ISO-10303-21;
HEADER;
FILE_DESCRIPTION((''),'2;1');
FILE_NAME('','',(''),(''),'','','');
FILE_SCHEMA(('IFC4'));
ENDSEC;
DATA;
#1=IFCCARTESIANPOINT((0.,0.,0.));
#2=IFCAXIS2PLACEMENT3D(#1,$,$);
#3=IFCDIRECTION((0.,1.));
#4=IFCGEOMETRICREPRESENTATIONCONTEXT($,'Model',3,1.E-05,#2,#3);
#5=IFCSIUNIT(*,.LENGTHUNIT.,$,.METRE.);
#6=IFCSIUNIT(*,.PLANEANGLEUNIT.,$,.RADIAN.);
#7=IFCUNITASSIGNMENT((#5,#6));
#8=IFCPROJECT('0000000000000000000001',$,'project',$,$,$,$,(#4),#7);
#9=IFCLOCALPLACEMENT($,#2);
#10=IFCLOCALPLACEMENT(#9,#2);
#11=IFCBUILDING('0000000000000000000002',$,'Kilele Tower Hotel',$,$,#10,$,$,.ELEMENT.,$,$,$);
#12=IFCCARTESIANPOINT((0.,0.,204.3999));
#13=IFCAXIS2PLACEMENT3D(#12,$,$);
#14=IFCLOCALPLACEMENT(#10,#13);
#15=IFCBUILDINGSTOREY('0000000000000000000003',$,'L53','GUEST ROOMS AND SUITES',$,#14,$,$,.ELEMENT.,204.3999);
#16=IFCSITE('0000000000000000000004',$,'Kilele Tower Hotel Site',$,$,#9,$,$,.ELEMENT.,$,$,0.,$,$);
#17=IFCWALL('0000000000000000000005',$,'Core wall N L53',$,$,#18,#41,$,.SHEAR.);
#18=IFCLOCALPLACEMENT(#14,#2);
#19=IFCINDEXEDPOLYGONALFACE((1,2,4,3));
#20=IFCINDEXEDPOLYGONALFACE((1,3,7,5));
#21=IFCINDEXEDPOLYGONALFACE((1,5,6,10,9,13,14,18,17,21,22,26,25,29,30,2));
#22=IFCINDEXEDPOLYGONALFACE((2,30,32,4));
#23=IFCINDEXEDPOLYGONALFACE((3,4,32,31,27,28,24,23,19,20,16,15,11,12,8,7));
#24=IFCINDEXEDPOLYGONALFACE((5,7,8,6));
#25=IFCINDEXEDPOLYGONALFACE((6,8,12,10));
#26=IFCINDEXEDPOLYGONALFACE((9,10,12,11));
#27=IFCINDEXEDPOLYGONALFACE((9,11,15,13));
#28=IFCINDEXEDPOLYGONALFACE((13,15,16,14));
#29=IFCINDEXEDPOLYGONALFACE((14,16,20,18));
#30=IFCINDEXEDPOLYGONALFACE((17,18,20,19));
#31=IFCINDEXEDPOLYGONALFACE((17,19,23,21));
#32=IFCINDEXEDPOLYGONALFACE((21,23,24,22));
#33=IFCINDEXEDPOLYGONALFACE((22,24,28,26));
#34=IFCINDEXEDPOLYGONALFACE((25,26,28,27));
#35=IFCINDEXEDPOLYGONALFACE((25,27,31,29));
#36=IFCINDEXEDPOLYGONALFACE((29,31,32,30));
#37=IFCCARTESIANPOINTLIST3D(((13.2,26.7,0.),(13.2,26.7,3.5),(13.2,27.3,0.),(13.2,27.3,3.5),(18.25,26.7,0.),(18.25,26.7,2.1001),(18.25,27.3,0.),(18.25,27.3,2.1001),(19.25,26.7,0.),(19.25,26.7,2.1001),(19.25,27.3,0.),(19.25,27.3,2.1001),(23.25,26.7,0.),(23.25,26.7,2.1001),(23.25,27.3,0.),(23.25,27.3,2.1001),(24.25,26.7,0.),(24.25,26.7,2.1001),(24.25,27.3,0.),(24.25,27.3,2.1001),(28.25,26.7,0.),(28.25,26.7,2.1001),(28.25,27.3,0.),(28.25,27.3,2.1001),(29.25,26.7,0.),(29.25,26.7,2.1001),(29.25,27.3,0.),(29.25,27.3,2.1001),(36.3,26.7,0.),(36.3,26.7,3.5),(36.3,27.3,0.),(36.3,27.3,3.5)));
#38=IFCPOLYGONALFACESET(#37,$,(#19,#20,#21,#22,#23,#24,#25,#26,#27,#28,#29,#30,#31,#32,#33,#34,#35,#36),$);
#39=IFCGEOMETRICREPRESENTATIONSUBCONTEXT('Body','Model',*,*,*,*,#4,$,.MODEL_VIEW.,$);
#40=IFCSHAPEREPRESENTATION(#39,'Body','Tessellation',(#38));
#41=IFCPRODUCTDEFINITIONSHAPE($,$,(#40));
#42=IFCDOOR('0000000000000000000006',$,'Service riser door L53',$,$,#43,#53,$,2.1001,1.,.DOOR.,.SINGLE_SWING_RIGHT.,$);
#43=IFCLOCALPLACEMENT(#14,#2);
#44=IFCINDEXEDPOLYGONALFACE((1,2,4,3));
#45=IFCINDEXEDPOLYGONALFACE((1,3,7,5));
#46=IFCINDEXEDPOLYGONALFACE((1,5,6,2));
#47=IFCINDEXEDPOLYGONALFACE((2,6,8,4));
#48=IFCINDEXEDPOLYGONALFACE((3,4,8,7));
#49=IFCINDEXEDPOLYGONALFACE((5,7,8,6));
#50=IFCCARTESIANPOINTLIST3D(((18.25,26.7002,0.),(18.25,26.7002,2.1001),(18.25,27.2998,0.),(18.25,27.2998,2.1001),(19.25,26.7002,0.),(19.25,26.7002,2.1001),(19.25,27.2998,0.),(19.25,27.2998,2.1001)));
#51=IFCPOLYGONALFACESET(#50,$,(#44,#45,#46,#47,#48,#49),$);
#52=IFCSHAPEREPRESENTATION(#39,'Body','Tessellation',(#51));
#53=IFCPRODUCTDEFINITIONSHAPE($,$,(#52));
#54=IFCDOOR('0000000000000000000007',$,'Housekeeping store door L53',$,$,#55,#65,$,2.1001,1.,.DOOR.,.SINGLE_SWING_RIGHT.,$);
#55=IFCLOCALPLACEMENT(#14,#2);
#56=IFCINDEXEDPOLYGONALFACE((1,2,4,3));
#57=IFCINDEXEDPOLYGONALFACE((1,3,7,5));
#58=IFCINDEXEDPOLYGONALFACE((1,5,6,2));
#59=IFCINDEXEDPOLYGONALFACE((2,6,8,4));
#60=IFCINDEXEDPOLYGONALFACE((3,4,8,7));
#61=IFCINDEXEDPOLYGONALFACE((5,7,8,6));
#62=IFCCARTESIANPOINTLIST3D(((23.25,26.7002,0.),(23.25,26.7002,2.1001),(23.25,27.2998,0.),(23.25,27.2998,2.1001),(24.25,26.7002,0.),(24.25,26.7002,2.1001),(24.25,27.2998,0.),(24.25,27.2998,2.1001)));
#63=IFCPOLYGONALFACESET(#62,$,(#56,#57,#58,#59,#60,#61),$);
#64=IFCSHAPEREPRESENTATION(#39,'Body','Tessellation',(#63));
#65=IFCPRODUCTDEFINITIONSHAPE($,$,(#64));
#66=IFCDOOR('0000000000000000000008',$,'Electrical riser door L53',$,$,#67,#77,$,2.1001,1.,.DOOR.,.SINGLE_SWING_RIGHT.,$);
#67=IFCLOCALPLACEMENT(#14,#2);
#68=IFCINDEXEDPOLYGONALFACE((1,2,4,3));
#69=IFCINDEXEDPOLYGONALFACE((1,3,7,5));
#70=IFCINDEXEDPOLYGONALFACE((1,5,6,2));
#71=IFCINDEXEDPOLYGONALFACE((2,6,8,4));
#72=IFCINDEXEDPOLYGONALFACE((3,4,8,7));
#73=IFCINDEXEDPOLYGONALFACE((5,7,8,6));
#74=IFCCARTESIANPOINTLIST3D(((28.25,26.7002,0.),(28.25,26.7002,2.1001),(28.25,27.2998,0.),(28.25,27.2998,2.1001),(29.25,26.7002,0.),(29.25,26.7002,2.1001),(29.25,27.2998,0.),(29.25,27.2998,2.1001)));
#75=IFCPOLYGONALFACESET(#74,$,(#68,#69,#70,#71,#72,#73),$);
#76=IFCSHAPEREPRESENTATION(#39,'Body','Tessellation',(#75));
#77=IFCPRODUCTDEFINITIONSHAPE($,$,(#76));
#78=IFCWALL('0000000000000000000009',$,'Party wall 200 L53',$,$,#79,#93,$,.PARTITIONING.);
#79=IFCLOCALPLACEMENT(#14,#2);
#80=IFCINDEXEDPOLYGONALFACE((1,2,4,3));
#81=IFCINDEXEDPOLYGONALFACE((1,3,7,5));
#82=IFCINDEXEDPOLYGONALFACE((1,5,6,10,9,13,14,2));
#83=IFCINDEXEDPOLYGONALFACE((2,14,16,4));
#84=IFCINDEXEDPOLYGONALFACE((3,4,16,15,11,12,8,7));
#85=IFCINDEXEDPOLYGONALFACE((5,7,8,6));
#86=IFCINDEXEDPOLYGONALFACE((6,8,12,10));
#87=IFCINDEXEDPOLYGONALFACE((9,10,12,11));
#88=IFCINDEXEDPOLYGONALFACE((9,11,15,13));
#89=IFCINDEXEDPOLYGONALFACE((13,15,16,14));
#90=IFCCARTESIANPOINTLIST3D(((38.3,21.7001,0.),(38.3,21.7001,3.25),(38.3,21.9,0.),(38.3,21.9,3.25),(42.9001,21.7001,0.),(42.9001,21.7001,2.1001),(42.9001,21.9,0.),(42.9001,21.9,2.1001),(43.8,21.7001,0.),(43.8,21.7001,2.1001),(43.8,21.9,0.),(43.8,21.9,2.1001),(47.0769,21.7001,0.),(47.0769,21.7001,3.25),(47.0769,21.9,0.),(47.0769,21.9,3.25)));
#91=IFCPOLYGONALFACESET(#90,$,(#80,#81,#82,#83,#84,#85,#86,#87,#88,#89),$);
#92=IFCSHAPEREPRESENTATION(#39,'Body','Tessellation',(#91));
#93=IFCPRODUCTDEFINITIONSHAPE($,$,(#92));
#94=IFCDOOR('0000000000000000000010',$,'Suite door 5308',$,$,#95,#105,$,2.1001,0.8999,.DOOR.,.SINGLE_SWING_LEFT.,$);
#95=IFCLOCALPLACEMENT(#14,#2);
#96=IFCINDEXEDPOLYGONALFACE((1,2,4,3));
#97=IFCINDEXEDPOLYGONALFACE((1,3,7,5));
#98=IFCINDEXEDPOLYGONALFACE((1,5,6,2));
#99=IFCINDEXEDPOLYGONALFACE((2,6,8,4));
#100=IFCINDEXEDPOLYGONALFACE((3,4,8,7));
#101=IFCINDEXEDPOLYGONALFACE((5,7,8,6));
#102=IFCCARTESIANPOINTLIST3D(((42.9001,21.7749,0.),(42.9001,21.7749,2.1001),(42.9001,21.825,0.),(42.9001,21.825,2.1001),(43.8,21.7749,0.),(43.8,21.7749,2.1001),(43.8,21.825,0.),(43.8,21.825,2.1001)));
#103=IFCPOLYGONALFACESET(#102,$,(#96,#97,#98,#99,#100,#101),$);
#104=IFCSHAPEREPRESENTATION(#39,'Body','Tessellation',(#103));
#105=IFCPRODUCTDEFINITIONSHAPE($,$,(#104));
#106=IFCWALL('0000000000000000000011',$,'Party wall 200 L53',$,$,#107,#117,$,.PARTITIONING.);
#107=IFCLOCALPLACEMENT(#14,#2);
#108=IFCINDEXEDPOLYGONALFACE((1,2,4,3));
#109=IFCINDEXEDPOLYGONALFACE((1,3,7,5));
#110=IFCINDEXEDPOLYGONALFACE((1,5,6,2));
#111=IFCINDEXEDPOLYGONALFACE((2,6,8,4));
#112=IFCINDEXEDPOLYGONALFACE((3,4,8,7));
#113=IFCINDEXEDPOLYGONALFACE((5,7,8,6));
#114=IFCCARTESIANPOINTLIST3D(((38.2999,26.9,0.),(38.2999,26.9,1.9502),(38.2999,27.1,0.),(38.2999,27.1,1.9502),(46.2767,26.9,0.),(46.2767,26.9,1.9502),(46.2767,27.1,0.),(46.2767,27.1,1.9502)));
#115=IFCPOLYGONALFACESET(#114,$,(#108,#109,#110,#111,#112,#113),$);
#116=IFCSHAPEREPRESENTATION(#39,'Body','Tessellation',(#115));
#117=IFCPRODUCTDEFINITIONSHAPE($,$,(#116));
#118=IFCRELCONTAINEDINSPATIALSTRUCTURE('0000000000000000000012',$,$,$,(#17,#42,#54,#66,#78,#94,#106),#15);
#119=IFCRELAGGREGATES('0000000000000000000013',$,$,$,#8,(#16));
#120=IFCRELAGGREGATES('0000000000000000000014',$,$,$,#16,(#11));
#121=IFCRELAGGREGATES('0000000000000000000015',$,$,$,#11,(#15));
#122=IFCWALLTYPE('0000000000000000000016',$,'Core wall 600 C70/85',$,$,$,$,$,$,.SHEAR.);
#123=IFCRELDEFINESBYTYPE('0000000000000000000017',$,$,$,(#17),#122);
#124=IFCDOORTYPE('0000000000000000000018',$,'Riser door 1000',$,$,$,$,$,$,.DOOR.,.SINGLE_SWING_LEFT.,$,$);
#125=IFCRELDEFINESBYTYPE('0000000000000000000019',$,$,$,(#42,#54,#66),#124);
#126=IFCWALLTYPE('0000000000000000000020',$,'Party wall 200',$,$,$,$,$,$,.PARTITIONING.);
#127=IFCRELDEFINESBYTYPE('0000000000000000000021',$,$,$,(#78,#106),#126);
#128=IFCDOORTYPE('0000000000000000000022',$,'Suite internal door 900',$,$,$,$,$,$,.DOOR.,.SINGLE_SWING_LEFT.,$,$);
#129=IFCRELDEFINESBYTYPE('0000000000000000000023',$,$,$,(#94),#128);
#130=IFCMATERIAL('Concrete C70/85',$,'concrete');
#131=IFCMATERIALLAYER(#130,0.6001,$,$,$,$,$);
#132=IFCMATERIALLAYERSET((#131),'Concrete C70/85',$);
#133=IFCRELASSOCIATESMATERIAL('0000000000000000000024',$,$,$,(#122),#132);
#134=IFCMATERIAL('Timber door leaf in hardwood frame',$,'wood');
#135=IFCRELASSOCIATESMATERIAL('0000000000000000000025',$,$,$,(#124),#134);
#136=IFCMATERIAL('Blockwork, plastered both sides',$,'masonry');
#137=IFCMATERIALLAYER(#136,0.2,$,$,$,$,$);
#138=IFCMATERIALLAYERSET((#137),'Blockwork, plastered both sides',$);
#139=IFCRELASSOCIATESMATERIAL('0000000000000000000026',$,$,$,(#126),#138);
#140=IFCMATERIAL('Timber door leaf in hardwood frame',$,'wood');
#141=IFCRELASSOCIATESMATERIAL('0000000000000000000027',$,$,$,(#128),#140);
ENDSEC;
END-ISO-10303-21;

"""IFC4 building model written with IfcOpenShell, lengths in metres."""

from ifc_helpers import new_model, si_unit, direction, frame, frame_2d, origin, place, context, subcontext, project, spatial, rectangle, extrude, material, layer, layer_set, type_object, element, fill, save


model = new_model("IFC4")

# Units and contexts
model_context = context("Model", 3, precision=1e-05, world=origin(), true_north=direction((0.0, 1.0)))
body_context = subcontext(model_context, "Body", "Model", "MODEL_VIEW")
ifc_project = project(units=[si_unit("LENGTHUNIT", "METRE"), si_unit("PLANEANGLEUNIT", "RADIAN")], contexts=[model_context])

# Site, building, storey
site_placement = place(None, origin())
site = spatial("IfcSite", under=ifc_project, at=site_placement, Name="Kilele Tower Hotel Site", CompositionType="ELEMENT", RefElevation=0.0)
building_placement = place(site_placement, origin())
building = spatial("IfcBuilding", under=site, at=building_placement, Name="Kilele Tower Hotel", CompositionType="ELEMENT")
storey_placement = place(building_placement, frame((0.0, 0.0, 204.3999)))
storey = spatial("IfcBuildingStorey", under=building, at=storey_placement, Name="L53", Description="GUEST ROOMS AND SUITES", CompositionType="ELEMENT", Elevation=204.3999)

# Wall, openings, doors
ifc_material_1 = material(Name="Concrete C70/85", Category="concrete")
ifc_layer_1 = layer(ifc_material_1, 0.6001)
ifc_layer_set_1 = layer_set([ifc_layer_1], Name="Concrete C70/85")
wall_type_1 = type_object("IfcWallType", Name="Core wall 600 C70/85", PredefinedType="SHEAR", material=ifc_layer_set_1)
wall_1_placement = place(storey_placement, frame((36.3, 27.0, 0.0), z_axis=(0.0, 0.0, 1.0), x_axis=(-1.0, 0.0, 0.0)))
wall_1 = element("IfcWall", 1, at=wall_1_placement, inside=storey, type_object=wall_type_1, Name="Core wall N L53", PredefinedType="SHEAR", context=body_context, shape_type="SweptSolid", body=[
    extrude(rectangle(XDim=23.1001, YDim=0.6001, at=frame_2d((11.55, 0.0))), origin(), (0.0, 0.0, 1.0), 3.5),
])
opening_1_placement = place(wall_1_placement, frame((17.05, 0.0, 0.0)))
opening_1 = element("IfcOpeningElement", 2, at=opening_1_placement, cuts=wall_1, PredefinedType="OPENING", context=body_context, shape_type="SweptSolid", body=[
    extrude(rectangle(XDim=1.0, YDim=2.1001, at=frame_2d((0.5, 1.05))), frame((0.0, 0.3101, 0.0), z_axis=(0.0, -1.0, 0.0), x_axis=(1.0, 0.0, 0.0)), (0.0, 0.0, 1.0), 0.6201),
])
opening_2_placement = place(wall_1_placement, frame((12.05, 0.0, 0.0)))
opening_2 = element("IfcOpeningElement", 3, at=opening_2_placement, cuts=wall_1, PredefinedType="OPENING", context=body_context, shape_type="SweptSolid", body=[
    extrude(rectangle(XDim=1.0, YDim=2.1001, at=frame_2d((0.5, 1.05))), frame((0.0, 0.3101, 0.0), z_axis=(0.0, -1.0, 0.0), x_axis=(1.0, 0.0, 0.0)), (0.0, 0.0, 1.0), 0.6201),
])
opening_3_placement = place(wall_1_placement, frame((7.05, 0.0, 0.0)))
opening_3 = element("IfcOpeningElement", 4, at=opening_3_placement, cuts=wall_1, PredefinedType="OPENING", context=body_context, shape_type="SweptSolid", body=[
    extrude(rectangle(XDim=1.0, YDim=2.1001, at=frame_2d((0.5, 1.05))), frame((0.0, 0.3101, 0.0), z_axis=(0.0, -1.0, 0.0), x_axis=(1.0, 0.0, 0.0)), (0.0, 0.0, 1.0), 0.6201),
])
ifc_material_2 = material(Name="Timber door leaf in hardwood frame", Category="wood")
door_type_1 = type_object("IfcDoorType", Name="Riser door 1000", OperationType="SINGLE_SWING_LEFT", PredefinedType="DOOR", material=ifc_material_2)
door_1_placement = place(opening_1_placement, origin())
door_1 = element("IfcDoor", 5, at=door_1_placement, inside=storey, type_object=door_type_1, Name="Service riser door L53", OperationType="SINGLE_SWING_RIGHT", OverallHeight=2.1001, OverallWidth=1.0, PredefinedType="DOOR", context=body_context, shape_type="SweptSolid", body=[
    extrude(rectangle(XDim=1.0, YDim=2.1001, at=frame_2d((0.5, 1.05))), frame((0.0, 0.2998, 0.0), z_axis=(0.0, -1.0, 0.0), x_axis=(1.0, 0.0, 0.0)), (0.0, 0.0, 1.0), 0.5996),
])
fill(opening_1, door_1)
door_2_placement = place(opening_2_placement, origin())
door_2 = element("IfcDoor", 6, at=door_2_placement, inside=storey, type_object=door_type_1, Name="Housekeeping store door L53", OperationType="SINGLE_SWING_RIGHT", OverallHeight=2.1001, OverallWidth=1.0, PredefinedType="DOOR", context=body_context, shape_type="SweptSolid", body=[
    extrude(rectangle(XDim=1.0, YDim=2.1001, at=frame_2d((0.5, 1.05))), frame((0.0, 0.2998, 0.0), z_axis=(0.0, -1.0, 0.0), x_axis=(1.0, 0.0, 0.0)), (0.0, 0.0, 1.0), 0.5996),
])
fill(opening_2, door_2)
door_3_placement = place(opening_3_placement, origin())
door_3 = element("IfcDoor", 7, at=door_3_placement, inside=storey, type_object=door_type_1, Name="Electrical riser door L53", OperationType="SINGLE_SWING_RIGHT", OverallHeight=2.1001, OverallWidth=1.0, PredefinedType="DOOR", context=body_context, shape_type="SweptSolid", body=[
    extrude(rectangle(XDim=1.0, YDim=2.1001, at=frame_2d((0.5, 1.05))), frame((0.0, 0.2998, 0.0), z_axis=(0.0, -1.0, 0.0), x_axis=(1.0, 0.0, 0.0)), (0.0, 0.0, 1.0), 0.5996),
])
fill(opening_3, door_3)

# Wall, opening, door
ifc_material_3 = material(Name="Blockwork, plastered both sides", Category="masonry")
ifc_layer_2 = layer(ifc_material_3, 0.2)
ifc_layer_set_2 = layer_set([ifc_layer_2], Name="Blockwork, plastered both sides")
wall_type_2 = type_object("IfcWallType", Name="Party wall 200", PredefinedType="PARTITIONING", material=ifc_layer_set_2)
wall_2_placement = place(storey_placement, frame((38.3, 21.8, 0.0), z_axis=(0.0, 0.0, 1.0), x_axis=(1.0, 0.0, 0.0)))
wall_2 = element("IfcWall", 8, at=wall_2_placement, inside=storey, type_object=wall_type_2, Name="Party wall 200 L53", PredefinedType="PARTITIONING", context=body_context, shape_type="SweptSolid", body=[
    extrude(rectangle(XDim=8.7769, YDim=0.2, at=frame_2d((4.3884, 0.0))), origin(), (0.0, 0.0, 1.0), 3.25),
])
opening_4_placement = place(wall_2_placement, frame((4.6001, 0.0, 0.0)))
opening_4 = element("IfcOpeningElement", 9, at=opening_4_placement, cuts=wall_2, PredefinedType="OPENING", context=body_context, shape_type="SweptSolid", body=[
    extrude(rectangle(XDim=0.8999, YDim=2.1001, at=frame_2d((0.45, 1.05))), frame((0.0, 0.1099, 0.0), z_axis=(0.0, -1.0, 0.0), x_axis=(1.0, 0.0, 0.0)), (0.0, 0.0, 1.0), 0.22),
])
ifc_material_4 = material(Name="Timber door leaf in hardwood frame", Category="wood")
door_type_2 = type_object("IfcDoorType", Name="Suite internal door 900", OperationType="SINGLE_SWING_LEFT", PredefinedType="DOOR", material=ifc_material_4)
door_4_placement = place(opening_4_placement, origin())
door_4 = element("IfcDoor", 10, at=door_4_placement, inside=storey, type_object=door_type_2, Name="Suite door 5308", OperationType="SINGLE_SWING_LEFT", OverallHeight=2.1001, OverallWidth=0.8999, PredefinedType="DOOR", context=body_context, shape_type="SweptSolid", body=[
    extrude(rectangle(XDim=0.8999, YDim=2.1001, at=frame_2d((0.45, 1.05))), frame((0.0, 0.0249, 0.0), z_axis=(0.0, -1.0, 0.0), x_axis=(1.0, 0.0, 0.0)), (0.0, 0.0, 1.0), 0.05),
])
fill(opening_4, door_4)

# Wall
wall_3_placement = place(storey_placement, frame((38.3, 27.0, 0.0), z_axis=(0.0, 0.0, 1.0), x_axis=(1.0, 0.0, 0.0)))
element("IfcWall", 11, at=wall_3_placement, inside=storey, type_object=wall_type_2, Name="Party wall 200 L53", PredefinedType="PARTITIONING", context=body_context, shape_type="SweptSolid", body=[
    extrude(rectangle(XDim=7.9768, YDim=0.2, at=frame_2d((3.9883, 0.0))), origin(), (0.0, 0.0, 1.0), 1.9502),
])

save(model, "model.ifc")
